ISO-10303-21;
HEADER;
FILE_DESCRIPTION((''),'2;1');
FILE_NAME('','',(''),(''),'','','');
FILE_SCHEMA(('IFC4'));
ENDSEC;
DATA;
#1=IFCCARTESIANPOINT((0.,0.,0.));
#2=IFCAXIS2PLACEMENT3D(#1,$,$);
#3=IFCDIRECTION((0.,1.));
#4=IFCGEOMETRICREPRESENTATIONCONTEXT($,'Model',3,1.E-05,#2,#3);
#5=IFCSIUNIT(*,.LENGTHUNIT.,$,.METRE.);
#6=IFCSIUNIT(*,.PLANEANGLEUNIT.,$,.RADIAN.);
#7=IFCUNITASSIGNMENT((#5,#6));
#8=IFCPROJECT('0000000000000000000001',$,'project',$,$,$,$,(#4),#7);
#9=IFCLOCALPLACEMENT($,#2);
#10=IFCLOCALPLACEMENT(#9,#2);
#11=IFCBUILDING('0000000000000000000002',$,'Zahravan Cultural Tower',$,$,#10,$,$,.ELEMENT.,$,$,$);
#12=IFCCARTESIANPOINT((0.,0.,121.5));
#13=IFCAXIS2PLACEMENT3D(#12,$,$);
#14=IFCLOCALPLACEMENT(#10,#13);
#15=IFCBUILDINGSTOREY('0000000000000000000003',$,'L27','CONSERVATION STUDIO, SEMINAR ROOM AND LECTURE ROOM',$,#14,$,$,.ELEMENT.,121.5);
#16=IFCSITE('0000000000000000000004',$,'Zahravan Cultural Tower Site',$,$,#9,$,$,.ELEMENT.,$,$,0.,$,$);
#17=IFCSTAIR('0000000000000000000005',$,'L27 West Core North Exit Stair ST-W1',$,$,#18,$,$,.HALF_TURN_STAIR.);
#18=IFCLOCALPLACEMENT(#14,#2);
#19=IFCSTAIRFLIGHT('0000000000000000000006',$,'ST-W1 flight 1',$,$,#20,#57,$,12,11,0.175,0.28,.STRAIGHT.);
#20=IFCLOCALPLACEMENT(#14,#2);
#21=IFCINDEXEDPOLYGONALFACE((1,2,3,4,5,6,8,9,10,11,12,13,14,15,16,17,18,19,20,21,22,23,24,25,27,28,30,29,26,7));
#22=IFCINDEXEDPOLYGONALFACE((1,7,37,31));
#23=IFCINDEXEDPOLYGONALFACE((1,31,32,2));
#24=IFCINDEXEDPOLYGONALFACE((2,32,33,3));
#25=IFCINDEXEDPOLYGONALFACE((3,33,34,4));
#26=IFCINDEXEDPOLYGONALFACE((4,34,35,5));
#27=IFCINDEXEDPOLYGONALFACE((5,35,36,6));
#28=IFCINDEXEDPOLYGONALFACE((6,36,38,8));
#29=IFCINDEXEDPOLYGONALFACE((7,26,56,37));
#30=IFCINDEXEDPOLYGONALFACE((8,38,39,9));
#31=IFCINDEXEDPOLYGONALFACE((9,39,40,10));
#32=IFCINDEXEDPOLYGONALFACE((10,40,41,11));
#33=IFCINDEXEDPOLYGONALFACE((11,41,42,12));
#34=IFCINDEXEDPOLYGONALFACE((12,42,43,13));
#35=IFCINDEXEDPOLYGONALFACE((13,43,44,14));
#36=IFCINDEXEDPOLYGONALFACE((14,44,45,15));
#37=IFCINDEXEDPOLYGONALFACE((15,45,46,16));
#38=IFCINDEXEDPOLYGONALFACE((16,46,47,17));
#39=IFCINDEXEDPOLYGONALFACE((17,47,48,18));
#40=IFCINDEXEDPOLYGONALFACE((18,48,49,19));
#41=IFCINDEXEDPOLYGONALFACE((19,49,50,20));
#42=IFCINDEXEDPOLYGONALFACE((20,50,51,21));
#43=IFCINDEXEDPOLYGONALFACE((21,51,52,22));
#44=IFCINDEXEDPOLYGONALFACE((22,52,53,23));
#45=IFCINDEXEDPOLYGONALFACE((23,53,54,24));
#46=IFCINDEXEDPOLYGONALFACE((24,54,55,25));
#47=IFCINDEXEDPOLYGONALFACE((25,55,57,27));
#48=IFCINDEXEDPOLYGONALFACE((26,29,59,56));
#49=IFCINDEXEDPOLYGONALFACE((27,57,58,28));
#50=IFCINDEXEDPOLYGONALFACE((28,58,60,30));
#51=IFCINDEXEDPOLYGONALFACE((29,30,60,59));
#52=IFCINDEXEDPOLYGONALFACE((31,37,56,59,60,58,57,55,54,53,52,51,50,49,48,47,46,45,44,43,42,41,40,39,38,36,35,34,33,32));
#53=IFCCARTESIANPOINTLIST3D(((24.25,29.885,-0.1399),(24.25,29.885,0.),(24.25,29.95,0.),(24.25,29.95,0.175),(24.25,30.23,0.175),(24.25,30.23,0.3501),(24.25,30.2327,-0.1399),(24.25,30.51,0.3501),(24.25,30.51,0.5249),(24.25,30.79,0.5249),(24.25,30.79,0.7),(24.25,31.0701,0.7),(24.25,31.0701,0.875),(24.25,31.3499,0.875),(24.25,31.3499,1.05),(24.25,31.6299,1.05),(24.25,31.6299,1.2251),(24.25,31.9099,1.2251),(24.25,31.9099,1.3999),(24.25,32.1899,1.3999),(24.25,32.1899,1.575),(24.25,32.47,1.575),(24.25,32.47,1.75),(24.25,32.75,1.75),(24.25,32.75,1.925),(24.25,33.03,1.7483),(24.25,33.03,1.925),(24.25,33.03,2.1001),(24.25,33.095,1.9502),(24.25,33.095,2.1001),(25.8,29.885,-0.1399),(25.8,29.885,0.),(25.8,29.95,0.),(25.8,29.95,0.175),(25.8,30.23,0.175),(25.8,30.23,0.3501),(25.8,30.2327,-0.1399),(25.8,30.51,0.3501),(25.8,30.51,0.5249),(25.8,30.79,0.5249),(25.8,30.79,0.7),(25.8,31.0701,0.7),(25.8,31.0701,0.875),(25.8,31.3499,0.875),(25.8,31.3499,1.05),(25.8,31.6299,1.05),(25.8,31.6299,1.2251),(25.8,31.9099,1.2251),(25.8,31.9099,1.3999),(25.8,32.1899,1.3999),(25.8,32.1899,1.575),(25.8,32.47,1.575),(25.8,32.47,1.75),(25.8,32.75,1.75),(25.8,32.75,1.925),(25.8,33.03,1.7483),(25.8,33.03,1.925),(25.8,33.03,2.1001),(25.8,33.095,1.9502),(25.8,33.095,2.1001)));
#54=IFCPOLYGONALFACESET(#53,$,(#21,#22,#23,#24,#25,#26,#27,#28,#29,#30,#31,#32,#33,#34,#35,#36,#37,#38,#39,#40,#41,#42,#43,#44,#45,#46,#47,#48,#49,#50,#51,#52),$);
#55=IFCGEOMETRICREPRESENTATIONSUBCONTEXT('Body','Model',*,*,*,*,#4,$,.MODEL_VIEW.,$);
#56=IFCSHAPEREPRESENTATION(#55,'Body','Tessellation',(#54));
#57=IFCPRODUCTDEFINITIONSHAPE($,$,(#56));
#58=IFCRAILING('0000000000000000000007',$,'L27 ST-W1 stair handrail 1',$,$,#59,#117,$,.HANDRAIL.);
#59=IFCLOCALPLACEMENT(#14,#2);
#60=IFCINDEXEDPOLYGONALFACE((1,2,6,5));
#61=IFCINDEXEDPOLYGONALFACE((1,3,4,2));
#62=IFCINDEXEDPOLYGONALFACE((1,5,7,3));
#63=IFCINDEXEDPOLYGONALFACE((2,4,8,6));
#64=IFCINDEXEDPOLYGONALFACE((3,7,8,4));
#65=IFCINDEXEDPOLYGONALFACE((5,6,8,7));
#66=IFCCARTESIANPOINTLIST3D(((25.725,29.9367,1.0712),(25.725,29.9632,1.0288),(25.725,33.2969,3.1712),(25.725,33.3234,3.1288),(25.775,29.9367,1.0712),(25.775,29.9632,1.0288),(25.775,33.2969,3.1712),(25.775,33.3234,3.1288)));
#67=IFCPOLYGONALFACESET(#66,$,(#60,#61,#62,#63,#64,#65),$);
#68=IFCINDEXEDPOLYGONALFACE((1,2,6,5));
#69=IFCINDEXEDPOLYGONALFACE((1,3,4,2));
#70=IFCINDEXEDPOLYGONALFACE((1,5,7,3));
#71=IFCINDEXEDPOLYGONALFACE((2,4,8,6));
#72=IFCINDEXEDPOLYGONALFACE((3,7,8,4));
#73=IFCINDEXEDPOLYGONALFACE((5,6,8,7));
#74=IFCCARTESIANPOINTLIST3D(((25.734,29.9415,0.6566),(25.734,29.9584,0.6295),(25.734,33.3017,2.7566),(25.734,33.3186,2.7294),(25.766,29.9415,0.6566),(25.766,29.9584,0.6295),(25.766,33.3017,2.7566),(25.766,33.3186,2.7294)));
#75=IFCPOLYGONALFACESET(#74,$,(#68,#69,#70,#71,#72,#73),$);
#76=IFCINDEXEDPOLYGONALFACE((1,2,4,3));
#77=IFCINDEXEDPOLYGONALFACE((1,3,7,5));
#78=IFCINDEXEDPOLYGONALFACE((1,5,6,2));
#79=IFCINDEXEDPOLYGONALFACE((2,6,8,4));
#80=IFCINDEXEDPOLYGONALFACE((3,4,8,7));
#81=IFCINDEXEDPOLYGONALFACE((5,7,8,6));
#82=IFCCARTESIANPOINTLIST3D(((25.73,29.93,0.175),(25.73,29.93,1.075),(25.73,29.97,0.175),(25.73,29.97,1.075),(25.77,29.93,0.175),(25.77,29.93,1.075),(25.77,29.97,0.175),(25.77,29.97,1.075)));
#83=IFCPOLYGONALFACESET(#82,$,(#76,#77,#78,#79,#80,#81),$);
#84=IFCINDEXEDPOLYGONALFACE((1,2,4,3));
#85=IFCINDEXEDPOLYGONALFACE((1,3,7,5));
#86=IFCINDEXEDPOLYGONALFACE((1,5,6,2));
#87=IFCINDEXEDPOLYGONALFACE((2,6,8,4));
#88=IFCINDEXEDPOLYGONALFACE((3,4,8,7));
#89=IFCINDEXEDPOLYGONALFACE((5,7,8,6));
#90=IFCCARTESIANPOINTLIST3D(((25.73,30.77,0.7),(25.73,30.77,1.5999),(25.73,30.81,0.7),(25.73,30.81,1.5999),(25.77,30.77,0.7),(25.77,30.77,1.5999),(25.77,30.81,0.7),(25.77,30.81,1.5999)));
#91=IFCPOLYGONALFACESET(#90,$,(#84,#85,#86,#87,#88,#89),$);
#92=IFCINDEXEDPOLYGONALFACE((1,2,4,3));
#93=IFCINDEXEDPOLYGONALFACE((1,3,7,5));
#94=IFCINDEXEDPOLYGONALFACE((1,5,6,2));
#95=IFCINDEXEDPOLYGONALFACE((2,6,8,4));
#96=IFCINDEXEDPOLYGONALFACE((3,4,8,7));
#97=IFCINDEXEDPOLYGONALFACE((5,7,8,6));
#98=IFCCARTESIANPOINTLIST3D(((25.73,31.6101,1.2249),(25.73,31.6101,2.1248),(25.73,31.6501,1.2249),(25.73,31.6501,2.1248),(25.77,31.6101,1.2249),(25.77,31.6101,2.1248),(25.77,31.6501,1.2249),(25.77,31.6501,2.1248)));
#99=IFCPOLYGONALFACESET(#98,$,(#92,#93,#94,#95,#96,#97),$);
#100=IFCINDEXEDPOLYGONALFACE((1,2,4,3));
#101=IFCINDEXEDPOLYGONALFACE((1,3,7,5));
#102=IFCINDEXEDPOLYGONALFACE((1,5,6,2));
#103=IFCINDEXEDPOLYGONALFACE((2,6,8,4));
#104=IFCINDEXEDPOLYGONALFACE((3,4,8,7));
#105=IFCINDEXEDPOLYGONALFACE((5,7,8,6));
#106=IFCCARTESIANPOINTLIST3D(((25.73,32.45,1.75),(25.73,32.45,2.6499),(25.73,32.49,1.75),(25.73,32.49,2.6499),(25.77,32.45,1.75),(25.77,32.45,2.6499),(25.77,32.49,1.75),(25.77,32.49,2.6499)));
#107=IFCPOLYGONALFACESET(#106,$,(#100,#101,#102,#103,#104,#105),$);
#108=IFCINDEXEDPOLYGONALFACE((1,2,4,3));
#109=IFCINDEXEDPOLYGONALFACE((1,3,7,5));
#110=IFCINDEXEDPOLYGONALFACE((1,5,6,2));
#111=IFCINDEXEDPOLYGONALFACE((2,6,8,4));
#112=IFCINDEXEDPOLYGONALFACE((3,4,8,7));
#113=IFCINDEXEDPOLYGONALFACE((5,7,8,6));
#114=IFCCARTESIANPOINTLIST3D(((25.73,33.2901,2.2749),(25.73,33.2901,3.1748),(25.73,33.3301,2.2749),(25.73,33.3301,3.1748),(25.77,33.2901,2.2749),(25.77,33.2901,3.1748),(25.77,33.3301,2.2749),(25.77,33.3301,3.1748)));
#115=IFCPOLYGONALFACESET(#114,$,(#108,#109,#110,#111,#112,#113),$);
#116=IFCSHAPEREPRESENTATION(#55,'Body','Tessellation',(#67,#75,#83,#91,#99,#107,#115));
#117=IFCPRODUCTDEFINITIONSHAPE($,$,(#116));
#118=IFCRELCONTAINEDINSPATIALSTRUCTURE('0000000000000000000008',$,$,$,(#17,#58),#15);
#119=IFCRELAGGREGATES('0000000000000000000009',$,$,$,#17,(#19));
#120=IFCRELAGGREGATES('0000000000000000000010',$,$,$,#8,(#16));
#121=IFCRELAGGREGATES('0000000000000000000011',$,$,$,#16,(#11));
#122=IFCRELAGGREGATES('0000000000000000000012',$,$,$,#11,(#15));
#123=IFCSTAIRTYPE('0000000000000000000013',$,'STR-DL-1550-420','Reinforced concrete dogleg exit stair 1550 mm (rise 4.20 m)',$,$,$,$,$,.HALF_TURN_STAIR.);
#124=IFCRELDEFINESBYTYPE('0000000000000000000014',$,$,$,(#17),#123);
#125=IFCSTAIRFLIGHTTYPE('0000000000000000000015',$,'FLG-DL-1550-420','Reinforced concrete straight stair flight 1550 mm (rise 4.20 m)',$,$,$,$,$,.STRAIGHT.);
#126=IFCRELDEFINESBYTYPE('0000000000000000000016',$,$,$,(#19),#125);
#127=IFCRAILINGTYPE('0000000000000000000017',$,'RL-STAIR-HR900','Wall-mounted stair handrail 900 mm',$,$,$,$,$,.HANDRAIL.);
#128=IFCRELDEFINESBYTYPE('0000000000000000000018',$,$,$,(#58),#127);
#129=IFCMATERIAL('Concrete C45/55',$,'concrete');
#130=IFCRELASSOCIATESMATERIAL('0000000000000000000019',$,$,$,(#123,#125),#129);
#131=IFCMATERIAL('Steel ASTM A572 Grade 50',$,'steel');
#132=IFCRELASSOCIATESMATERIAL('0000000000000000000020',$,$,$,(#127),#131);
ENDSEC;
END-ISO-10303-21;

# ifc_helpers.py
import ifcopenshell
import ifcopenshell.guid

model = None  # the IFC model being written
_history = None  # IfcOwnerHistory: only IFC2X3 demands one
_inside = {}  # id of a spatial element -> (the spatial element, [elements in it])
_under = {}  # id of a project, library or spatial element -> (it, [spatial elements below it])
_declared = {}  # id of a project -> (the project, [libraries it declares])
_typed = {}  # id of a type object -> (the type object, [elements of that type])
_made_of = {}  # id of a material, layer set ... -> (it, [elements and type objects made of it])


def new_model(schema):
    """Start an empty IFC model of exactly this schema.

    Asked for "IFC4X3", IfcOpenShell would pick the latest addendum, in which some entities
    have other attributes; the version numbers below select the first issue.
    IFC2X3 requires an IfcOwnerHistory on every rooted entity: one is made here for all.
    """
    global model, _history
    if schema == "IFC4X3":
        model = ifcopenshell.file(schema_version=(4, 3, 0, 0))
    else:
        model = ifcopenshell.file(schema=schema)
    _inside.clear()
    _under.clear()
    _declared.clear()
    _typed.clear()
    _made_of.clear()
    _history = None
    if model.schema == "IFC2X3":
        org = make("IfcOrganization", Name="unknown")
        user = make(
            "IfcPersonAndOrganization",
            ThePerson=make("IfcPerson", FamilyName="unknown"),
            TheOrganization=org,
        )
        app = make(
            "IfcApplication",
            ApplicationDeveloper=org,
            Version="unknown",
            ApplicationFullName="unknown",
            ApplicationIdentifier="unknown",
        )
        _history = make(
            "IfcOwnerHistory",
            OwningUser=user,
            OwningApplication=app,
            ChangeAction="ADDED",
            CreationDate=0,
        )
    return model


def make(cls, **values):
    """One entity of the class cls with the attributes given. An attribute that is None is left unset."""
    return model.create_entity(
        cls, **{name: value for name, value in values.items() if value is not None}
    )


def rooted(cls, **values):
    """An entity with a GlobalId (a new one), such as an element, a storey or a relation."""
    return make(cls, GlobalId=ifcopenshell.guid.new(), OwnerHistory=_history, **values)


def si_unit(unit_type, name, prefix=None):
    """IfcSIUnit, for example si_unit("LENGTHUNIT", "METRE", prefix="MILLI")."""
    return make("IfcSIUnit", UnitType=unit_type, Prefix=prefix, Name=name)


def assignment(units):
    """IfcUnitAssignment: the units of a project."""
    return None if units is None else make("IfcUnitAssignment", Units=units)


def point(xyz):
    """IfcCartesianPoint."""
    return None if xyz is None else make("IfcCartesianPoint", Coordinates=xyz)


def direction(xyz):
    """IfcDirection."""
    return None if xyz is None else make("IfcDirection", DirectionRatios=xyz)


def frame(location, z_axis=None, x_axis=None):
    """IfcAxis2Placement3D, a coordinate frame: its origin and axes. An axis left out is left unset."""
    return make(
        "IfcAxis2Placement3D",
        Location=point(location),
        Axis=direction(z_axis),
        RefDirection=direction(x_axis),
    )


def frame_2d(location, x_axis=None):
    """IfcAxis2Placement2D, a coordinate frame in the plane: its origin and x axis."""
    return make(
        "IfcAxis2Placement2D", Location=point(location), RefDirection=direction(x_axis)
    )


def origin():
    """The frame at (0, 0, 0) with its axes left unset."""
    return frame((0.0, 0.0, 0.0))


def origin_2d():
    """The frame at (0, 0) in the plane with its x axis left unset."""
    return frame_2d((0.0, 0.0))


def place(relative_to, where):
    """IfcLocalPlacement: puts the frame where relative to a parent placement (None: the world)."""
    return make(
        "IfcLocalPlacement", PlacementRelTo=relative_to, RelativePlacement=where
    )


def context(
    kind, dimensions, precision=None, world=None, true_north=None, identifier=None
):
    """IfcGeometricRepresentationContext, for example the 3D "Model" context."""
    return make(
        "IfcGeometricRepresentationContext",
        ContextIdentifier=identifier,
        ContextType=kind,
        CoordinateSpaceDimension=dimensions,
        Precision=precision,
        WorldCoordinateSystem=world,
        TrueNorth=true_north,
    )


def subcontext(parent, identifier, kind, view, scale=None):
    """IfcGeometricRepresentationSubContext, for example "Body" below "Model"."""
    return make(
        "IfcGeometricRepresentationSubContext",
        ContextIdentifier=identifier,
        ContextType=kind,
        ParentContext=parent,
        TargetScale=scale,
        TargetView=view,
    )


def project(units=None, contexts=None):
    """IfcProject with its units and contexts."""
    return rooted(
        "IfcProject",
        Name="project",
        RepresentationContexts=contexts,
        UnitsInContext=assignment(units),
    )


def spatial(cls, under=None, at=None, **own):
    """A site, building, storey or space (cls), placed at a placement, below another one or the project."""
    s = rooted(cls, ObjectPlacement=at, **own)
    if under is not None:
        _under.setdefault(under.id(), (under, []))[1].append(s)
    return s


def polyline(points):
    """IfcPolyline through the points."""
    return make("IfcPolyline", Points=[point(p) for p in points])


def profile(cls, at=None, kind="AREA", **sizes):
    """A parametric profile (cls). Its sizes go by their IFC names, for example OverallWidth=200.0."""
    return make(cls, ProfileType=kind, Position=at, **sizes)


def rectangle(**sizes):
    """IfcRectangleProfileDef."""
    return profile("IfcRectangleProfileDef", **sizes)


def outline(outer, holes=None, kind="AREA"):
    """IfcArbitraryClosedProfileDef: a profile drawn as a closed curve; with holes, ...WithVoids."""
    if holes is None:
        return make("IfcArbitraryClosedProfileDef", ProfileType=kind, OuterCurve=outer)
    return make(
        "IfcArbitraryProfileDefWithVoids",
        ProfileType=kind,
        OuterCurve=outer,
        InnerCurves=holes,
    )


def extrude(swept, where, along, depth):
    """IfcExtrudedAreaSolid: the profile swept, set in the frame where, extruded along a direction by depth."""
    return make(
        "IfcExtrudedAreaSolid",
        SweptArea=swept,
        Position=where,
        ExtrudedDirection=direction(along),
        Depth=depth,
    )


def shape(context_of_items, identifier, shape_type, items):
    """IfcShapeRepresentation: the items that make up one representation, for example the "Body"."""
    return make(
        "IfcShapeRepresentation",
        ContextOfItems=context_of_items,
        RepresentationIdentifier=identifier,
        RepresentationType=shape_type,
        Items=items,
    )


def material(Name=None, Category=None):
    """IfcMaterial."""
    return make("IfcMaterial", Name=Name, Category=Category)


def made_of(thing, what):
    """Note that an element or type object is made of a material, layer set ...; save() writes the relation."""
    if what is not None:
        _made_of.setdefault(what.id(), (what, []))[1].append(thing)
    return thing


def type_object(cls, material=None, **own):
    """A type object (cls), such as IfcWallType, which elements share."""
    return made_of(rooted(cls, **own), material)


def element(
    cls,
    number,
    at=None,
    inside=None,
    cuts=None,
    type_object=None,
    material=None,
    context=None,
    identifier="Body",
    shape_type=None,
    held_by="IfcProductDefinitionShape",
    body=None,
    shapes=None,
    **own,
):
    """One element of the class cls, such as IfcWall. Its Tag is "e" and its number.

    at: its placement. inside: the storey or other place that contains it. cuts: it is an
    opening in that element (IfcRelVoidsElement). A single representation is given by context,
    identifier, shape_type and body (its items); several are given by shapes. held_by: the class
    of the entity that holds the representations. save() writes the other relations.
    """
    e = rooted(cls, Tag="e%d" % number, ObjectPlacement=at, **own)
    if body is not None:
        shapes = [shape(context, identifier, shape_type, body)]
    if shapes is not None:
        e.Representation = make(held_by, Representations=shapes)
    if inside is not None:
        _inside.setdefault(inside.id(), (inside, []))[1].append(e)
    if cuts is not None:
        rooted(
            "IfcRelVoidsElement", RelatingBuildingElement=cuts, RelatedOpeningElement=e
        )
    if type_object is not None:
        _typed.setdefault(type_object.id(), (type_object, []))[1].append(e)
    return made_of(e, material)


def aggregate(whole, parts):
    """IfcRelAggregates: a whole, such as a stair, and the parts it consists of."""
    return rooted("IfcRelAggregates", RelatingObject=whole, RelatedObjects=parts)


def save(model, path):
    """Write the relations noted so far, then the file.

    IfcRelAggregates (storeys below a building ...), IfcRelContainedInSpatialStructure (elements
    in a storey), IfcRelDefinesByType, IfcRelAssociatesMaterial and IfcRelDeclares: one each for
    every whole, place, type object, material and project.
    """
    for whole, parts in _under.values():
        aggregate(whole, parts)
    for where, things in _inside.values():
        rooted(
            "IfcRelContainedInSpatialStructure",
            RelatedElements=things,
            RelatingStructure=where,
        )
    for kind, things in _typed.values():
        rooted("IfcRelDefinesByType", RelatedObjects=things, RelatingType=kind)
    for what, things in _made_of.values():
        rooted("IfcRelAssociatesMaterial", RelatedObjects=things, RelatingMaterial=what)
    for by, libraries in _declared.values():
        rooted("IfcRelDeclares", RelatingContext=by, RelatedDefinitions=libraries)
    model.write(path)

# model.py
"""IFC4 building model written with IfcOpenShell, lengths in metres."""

from ifc_helpers import new_model, si_unit, direction, frame, origin, origin_2d, place, context, subcontext, project, spatial, polyline, rectangle, outline, extrude, material, type_object, element, aggregate, save


model = new_model("IFC4")

# Units and contexts
model_context = context("Model", 3, precision=1e-05, world=origin(), true_north=direction((0.0, 1.0)))
body_context = subcontext(model_context, "Body", "Model", "MODEL_VIEW")
ifc_project = project(units=[si_unit("LENGTHUNIT", "METRE"), si_unit("PLANEANGLEUNIT", "RADIAN")], contexts=[model_context])

# Site, building, storey
site_placement = place(None, origin())
site = spatial("IfcSite", under=ifc_project, at=site_placement, Name="Zahravan Cultural Tower Site", CompositionType="ELEMENT", RefElevation=0.0)
building_placement = place(site_placement, origin())
building = spatial("IfcBuilding", under=site, at=building_placement, Name="Zahravan Cultural Tower", CompositionType="ELEMENT")
storey_placement = place(building_placement, frame((0.0, 0.0, 121.5)))
storey = spatial("IfcBuildingStorey", under=building, at=storey_placement, Name="L27", Description="CONSERVATION STUDIO, SEMINAR ROOM AND LECTURE ROOM", CompositionType="ELEMENT", Elevation=121.5)

# Shared definitions
ifc_material_1 = material(Name="Steel ASTM A572 Grade 50", Category="steel")
ifc_material_2 = material(Name="Concrete C45/55", Category="concrete")

# Stair, stair flight
stair_type = type_object("IfcStairType", Name="STR-DL-1550-420", Description="Reinforced concrete dogleg exit stair 1550 mm (rise 4.20 m)", PredefinedType="HALF_TURN_STAIR", material=ifc_material_2)
stair_placement = place(storey_placement, origin())
stair = element("IfcStair", 1, at=stair_placement, inside=storey, type_object=stair_type, Name="L27 West Core North Exit Stair ST-W1", PredefinedType="HALF_TURN_STAIR")
stair_flight_type = type_object("IfcStairFlightType", Name="FLG-DL-1550-420", Description="Reinforced concrete straight stair flight 1550 mm (rise 4.20 m)", PredefinedType="STRAIGHT", material=ifc_material_2)
stair_flight_placement = place(storey_placement, frame((25.0249, 29.95, 0.0), z_axis=(0.0, 0.0, 1.0), x_axis=(0.0, 1.0, 0.0)))
stair_flight = element("IfcStairFlight", 2, at=stair_flight_placement, type_object=stair_flight_type, Name="ST-W1 flight 1", NumberOfRisers=12, NumberOfTreads=11, PredefinedType="STRAIGHT", RiserHeight=0.175, TreadLength=0.28, context=body_context, shape_type="SweptSolid", body=[
    extrude(outline(polyline([(-0.0649, -0.1399), (-0.0649, 0.0), (0.0, 0.0), (0.0, 0.175), (0.28, 0.175), (0.28, 0.3501), (0.5601, 0.3501), (0.5601, 0.5249), (0.8401, 0.5249), (0.8401, 0.7), (1.1201, 0.7), (1.1201, 0.875), (1.3999, 0.875), (1.3999, 1.05), (1.6799, 1.05), (1.6799, 1.2251), (1.96, 1.2251), (1.96, 1.3999), (2.24, 1.3999), (2.24, 1.575), (2.52, 1.575), (2.52, 1.75), (2.8, 1.75), (2.8, 1.925), (3.0801, 1.925), (3.0801, 2.1001), (3.145, 2.1001), (3.145, 1.9502), (3.0801, 1.7483), (0.2827, -0.1399), (-0.0649, -0.1399)])), frame((0.0, 0.7749, 0.0), z_axis=(0.0, -1.0, 0.0), x_axis=(1.0, 0.0, 0.0)), (0.0, 0.0, 1.0), 1.55),
])
aggregate(stair, [stair_flight])

# Railing
railing_type = type_object("IfcRailingType", Name="RL-STAIR-HR900", Description="Wall-mounted stair handrail 900 mm", PredefinedType="HANDRAIL", material=ifc_material_1)
railing_placement = place(storey_placement, frame((25.75, 29.95, 0.175)))
element("IfcRailing", 3, at=railing_placement, inside=storey, type_object=railing_type, Name="L27 ST-W1 stair handrail 1", PredefinedType="HANDRAIL", context=body_context, shape_type="SweptSolid", body=[
    extrude(rectangle(XDim=0.05, YDim=0.05, at=origin_2d()), frame((0.0, 0.0, 0.875), z_axis=(0.0, 0.848023, 0.52996), x_axis=(-1.0, 0.0, 0.0)), (0.0, 0.0, 1.0), 3.9624),
    extrude(rectangle(XDim=0.032, YDim=0.032, at=origin_2d()), frame((0.0, 0.0, 0.468), z_axis=(0.0, 0.848023, 0.52996), x_axis=(-1.0, 0.0, 0.0)), (0.0, 0.0, 1.0), 3.9624),
    extrude(rectangle(XDim=0.04, YDim=0.04, at=origin_2d()), origin(), (0.0, 0.0, 1.0), 0.8999),
    extrude(rectangle(XDim=0.04, YDim=0.04, at=origin_2d()), frame((0.0, 0.8401, 0.5249)), (0.0, 0.0, 1.0), 0.8999),
    extrude(rectangle(XDim=0.04, YDim=0.04, at=origin_2d()), frame((0.0, 1.6802, 1.0498)), (0.0, 0.0, 1.0), 0.8999),
    extrude(rectangle(XDim=0.04, YDim=0.04, at=origin_2d()), frame((0.0, 2.52, 1.575)), (0.0, 0.0, 1.0), 0.8999),
    extrude(rectangle(XDim=0.04, YDim=0.04, at=origin_2d()), frame((0.0, 3.3601, 2.0999)), (0.0, 0.0, 1.0), 0.8999),
])

save(model, "model.ifc")
